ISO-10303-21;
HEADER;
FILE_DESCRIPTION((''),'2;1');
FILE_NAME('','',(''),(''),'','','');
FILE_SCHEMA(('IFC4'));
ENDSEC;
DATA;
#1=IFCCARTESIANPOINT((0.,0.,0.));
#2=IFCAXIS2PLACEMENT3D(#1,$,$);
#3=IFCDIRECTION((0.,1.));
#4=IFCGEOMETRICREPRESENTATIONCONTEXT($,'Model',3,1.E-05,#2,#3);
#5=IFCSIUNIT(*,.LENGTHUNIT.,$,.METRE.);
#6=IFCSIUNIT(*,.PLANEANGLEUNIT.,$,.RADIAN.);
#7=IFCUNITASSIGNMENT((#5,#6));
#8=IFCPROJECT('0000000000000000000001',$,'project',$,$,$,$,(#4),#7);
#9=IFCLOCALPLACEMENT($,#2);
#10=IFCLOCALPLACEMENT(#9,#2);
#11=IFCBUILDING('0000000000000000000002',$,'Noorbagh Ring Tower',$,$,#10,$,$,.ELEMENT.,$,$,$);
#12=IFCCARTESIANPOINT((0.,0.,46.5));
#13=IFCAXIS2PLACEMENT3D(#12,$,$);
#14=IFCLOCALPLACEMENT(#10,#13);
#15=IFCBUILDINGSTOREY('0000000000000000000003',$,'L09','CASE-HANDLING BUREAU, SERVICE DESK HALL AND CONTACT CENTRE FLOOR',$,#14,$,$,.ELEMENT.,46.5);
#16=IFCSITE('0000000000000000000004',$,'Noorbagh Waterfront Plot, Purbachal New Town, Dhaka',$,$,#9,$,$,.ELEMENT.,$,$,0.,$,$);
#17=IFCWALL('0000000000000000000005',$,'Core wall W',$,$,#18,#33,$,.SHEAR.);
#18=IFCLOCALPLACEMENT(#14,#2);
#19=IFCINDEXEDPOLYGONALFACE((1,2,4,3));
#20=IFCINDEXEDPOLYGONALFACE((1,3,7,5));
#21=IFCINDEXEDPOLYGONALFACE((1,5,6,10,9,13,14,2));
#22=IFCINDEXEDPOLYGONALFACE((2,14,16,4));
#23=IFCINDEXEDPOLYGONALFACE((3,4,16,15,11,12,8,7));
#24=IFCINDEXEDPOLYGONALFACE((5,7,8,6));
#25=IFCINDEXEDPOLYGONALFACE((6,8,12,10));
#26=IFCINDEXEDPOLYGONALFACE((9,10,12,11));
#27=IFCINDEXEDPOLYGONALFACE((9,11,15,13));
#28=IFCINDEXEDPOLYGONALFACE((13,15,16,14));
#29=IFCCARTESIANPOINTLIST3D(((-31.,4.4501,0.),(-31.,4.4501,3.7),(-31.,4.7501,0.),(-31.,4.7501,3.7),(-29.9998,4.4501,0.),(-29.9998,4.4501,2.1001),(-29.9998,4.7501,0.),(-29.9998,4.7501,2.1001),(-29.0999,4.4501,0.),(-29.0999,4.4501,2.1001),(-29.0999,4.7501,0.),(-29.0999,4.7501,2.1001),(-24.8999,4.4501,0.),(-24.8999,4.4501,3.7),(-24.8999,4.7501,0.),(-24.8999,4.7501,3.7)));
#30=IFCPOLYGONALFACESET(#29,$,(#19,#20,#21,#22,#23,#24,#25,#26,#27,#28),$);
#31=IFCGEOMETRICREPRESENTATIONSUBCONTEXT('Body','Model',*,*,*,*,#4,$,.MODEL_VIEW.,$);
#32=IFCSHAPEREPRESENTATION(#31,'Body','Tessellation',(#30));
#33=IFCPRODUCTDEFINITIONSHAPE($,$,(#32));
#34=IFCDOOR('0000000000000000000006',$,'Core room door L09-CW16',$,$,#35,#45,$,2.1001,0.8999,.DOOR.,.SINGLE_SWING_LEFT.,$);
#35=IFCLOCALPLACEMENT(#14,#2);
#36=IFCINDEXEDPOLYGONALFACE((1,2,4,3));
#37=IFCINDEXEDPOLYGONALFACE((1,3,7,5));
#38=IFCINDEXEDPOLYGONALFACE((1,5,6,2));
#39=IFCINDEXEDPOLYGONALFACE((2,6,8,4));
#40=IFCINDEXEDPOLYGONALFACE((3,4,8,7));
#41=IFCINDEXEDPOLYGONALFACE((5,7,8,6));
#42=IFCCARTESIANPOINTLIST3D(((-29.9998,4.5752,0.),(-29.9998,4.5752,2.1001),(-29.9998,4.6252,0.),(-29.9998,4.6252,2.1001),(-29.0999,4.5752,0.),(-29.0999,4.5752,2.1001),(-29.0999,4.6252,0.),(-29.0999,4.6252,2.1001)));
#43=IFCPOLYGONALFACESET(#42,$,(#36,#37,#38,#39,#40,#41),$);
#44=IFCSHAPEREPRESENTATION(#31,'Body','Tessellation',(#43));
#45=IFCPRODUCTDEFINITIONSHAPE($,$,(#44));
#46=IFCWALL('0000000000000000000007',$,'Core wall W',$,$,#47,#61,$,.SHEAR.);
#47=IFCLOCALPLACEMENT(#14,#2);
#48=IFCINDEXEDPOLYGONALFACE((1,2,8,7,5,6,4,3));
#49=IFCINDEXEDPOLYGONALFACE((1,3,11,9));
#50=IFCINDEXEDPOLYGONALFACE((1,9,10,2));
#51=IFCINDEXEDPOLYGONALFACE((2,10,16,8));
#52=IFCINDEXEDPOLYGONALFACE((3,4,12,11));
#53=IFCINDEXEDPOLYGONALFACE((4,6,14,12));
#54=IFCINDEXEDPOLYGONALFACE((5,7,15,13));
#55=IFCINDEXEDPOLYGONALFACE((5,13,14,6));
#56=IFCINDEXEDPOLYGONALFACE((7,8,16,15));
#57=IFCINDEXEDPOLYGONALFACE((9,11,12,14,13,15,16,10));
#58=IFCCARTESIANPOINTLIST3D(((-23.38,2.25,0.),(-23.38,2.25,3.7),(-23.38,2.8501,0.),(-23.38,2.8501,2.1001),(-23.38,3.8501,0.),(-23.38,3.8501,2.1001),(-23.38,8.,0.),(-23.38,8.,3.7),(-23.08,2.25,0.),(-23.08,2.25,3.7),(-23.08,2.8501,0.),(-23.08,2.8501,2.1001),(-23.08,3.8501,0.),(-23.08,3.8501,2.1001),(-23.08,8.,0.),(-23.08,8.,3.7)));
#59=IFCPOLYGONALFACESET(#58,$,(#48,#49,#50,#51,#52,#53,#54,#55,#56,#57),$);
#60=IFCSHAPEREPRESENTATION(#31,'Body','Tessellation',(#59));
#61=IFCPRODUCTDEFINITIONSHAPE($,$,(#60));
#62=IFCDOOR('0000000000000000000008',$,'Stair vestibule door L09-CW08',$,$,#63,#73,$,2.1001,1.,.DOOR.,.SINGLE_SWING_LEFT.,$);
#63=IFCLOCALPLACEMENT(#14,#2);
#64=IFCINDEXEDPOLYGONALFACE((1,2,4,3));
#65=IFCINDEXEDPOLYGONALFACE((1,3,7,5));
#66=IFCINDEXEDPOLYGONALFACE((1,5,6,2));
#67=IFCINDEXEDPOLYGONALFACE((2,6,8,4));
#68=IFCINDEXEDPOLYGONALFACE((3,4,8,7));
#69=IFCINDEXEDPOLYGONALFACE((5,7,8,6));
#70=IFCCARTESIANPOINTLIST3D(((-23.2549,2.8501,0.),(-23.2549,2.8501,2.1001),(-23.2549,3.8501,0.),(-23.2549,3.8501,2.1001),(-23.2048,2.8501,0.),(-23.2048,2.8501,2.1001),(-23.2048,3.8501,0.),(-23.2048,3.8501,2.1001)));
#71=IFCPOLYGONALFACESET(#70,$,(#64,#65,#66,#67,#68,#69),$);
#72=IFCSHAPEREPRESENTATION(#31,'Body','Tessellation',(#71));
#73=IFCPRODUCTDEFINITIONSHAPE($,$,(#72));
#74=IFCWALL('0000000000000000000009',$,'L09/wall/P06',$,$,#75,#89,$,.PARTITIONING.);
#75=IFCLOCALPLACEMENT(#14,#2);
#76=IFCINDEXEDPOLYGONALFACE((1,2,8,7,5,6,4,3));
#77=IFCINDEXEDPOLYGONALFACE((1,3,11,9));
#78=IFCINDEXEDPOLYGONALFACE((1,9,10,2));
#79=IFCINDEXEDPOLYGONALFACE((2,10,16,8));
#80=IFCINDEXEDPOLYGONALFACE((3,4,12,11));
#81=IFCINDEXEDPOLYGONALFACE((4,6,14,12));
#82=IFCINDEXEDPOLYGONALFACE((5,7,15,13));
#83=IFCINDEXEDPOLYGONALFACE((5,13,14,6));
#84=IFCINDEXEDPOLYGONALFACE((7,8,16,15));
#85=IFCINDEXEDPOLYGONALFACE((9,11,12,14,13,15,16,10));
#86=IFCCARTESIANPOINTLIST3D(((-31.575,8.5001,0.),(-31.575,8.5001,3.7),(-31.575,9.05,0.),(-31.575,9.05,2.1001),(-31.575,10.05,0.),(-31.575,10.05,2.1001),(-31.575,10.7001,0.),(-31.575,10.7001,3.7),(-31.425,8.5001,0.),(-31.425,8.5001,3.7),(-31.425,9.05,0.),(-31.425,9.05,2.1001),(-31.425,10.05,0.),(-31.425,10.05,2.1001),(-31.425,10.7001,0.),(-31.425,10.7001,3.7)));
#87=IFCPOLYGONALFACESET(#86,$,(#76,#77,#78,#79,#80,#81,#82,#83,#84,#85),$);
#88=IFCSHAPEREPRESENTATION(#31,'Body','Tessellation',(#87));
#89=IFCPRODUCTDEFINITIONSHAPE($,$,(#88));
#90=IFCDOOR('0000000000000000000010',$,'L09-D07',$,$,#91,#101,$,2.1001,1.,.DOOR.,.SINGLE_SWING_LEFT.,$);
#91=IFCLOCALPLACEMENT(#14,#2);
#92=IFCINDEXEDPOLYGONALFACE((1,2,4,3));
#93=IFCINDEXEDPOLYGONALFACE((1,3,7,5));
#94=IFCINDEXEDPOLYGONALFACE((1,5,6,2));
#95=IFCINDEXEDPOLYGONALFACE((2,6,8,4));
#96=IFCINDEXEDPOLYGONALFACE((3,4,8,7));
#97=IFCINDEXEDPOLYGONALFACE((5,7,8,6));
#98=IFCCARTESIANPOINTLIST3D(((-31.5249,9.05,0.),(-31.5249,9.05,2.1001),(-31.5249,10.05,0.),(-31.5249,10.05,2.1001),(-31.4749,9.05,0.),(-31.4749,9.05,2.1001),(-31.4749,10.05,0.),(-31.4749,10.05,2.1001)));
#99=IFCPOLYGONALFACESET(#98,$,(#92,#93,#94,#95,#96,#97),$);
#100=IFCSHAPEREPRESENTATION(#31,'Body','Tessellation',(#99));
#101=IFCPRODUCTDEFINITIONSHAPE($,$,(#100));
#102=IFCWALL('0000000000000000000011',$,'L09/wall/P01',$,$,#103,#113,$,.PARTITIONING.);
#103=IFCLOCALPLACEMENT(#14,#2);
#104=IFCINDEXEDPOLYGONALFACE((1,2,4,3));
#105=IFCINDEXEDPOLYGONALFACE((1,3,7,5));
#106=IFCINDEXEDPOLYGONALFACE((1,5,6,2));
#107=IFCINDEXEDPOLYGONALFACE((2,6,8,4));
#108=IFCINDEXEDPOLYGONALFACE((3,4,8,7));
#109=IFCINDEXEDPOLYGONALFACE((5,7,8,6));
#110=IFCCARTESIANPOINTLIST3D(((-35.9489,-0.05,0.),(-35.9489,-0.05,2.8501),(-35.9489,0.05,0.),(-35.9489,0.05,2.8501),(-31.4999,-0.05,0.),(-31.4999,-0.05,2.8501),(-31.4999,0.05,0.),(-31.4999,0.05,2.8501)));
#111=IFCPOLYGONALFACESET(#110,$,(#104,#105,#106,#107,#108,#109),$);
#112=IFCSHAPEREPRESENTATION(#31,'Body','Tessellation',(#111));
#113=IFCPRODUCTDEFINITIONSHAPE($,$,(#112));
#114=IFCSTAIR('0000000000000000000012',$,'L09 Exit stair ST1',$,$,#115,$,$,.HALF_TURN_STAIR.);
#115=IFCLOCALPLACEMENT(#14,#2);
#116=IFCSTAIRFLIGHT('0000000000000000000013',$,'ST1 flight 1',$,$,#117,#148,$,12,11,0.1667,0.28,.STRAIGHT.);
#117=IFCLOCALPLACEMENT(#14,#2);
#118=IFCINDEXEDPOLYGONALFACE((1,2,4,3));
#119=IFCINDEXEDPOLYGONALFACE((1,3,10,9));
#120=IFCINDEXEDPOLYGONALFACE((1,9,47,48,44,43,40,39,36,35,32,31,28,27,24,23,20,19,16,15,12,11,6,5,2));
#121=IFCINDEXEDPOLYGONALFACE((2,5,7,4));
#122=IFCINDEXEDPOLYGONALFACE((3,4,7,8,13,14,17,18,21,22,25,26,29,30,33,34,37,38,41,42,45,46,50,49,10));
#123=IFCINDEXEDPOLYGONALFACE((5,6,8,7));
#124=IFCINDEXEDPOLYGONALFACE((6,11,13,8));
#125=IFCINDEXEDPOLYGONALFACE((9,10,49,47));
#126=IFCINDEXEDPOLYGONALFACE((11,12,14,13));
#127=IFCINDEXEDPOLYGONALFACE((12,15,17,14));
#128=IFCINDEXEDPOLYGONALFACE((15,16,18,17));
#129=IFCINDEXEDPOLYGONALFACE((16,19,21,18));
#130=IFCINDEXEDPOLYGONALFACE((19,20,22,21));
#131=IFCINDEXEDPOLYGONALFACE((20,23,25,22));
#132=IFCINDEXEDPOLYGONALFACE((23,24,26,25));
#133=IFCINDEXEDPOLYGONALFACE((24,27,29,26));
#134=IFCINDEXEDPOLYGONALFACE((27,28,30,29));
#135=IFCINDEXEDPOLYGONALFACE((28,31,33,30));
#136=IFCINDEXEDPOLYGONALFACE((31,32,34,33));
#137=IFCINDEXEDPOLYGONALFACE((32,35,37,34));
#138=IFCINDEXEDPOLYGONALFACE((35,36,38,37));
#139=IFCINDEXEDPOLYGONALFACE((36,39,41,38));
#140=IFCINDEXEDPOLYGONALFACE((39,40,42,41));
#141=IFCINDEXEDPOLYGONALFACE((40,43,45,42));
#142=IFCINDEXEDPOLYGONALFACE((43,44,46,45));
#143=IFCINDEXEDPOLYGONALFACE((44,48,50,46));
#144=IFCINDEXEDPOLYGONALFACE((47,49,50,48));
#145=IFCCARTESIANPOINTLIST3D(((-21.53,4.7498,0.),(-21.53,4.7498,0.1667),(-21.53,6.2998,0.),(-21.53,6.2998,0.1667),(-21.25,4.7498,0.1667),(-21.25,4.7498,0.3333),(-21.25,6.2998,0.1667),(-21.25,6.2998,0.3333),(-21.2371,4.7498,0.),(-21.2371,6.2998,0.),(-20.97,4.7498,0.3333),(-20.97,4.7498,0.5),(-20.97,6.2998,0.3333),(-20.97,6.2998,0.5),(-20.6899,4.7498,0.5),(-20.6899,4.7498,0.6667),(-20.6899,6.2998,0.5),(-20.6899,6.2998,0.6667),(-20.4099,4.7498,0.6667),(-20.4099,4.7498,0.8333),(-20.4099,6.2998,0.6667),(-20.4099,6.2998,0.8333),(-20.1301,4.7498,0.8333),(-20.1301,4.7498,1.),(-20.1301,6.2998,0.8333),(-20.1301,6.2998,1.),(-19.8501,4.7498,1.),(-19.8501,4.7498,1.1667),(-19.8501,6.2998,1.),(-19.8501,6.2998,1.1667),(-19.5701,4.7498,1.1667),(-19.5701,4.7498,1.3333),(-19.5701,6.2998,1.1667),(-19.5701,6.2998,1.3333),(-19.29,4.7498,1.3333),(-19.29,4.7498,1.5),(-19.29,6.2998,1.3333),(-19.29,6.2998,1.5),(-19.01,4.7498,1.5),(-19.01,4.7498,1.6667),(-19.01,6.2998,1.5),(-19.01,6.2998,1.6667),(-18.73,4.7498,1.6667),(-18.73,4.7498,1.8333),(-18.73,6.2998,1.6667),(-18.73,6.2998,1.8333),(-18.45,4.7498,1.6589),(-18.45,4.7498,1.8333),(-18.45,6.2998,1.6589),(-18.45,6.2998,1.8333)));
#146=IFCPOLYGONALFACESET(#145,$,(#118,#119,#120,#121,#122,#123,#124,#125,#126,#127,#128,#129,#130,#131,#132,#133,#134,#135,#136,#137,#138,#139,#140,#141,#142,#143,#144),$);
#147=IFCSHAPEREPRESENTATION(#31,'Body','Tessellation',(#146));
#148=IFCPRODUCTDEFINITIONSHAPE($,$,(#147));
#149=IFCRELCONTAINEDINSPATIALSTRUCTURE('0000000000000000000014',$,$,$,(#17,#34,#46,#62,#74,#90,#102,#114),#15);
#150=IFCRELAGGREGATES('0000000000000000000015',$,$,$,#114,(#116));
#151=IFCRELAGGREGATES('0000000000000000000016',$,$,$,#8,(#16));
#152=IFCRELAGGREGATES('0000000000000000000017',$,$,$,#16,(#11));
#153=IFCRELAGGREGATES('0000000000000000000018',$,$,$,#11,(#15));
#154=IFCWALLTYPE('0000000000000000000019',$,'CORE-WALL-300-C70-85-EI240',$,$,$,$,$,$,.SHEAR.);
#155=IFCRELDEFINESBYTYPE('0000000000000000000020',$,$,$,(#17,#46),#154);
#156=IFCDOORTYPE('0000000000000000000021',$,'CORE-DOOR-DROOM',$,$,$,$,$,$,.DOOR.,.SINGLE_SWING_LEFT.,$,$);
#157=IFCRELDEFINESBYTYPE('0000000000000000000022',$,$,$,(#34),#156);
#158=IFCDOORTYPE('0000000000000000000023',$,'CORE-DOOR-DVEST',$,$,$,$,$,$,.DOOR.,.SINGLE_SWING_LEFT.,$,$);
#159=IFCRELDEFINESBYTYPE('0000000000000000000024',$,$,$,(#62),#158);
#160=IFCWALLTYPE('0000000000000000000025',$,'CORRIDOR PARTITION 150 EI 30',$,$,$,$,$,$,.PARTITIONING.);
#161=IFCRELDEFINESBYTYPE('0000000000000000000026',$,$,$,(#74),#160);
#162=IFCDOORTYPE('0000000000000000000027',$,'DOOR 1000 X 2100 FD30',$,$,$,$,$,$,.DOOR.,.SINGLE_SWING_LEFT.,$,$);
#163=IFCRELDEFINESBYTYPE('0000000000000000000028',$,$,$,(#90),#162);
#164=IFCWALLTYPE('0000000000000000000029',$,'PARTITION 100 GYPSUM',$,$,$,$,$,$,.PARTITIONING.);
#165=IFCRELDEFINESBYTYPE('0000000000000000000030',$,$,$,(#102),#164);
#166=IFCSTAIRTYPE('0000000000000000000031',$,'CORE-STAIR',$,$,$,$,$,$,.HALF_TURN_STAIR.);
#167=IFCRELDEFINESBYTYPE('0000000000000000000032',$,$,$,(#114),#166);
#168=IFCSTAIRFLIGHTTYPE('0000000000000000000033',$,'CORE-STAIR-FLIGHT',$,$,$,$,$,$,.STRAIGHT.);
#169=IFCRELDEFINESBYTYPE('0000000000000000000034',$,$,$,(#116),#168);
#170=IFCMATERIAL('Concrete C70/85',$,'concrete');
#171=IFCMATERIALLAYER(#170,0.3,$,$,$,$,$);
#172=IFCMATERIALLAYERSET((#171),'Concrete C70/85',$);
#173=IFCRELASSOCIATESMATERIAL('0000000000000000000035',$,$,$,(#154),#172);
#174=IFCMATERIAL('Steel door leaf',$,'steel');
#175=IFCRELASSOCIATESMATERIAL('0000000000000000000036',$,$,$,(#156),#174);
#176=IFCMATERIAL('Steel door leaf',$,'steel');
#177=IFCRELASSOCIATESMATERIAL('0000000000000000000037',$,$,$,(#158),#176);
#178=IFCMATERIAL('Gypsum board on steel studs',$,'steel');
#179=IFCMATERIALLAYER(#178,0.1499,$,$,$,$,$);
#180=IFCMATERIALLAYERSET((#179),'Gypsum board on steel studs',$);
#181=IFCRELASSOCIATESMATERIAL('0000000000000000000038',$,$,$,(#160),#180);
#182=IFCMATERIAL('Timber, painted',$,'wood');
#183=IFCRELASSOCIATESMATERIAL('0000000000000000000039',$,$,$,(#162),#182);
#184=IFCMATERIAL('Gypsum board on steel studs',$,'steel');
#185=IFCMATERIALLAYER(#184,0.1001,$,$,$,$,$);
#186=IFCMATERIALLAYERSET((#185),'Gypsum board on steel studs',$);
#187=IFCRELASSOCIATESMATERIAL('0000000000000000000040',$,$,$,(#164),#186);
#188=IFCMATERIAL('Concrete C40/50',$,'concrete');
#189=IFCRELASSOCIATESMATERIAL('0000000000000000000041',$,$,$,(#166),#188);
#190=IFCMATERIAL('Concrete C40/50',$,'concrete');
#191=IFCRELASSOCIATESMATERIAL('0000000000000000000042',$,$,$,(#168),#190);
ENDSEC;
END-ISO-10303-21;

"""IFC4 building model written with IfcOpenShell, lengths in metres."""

from ifc_helpers import new_model, si_unit, direction, frame, frame_2d, origin, place, context, subcontext, project, spatial, polyline, rectangle, outline, extrude, material, layer, layer_set, type_object, element, fill, aggregate, save


model = new_model("IFC4")

# Units and contexts
model_context = context("Model", 3, precision=1e-05, world=origin(), true_north=direction((0.0, 1.0)))
body_context = subcontext(model_context, "Body", "Model", "MODEL_VIEW")
ifc_project = project(units=[si_unit("LENGTHUNIT", "METRE"), si_unit("PLANEANGLEUNIT", "RADIAN")], contexts=[model_context])

# Site, building, storey
site_placement = place(None, origin())
site = spatial("IfcSite", under=ifc_project, at=site_placement, Name="Noorbagh Waterfront Plot, Purbachal New Town, Dhaka", CompositionType="ELEMENT", RefElevation=0.0)
building_placement = place(site_placement, origin())
building = spatial("IfcBuilding", under=site, at=building_placement, Name="Noorbagh Ring Tower", CompositionType="ELEMENT")
storey_placement = place(building_placement, frame((0.0, 0.0, 46.5)))
storey = spatial("IfcBuildingStorey", under=building, at=storey_placement, Name="L09", Description="CASE-HANDLING BUREAU, SERVICE DESK HALL AND CONTACT CENTRE FLOOR", CompositionType="ELEMENT", Elevation=46.5)

# Walls, openings, doors
ifc_material_1 = material(Name="Concrete C70/85", Category="concrete")
ifc_layer_1 = layer(ifc_material_1, 0.3)
ifc_layer_set_1 = layer_set([ifc_layer_1], Name="Concrete C70/85")
wall_type_1 = type_object("IfcWallType", Name="CORE-WALL-300-C70-85-EI240", PredefinedType="SHEAR", material=ifc_layer_set_1)
wall_1_placement = place(storey_placement, frame((-24.8999, 4.6001, 0.0), z_axis=(0.0, 0.0, 1.0), x_axis=(-1.0, 0.0, 0.0)))
wall_1 = element("IfcWall", 1, at=wall_1_placement, inside=storey, type_object=wall_type_1, Name="Core wall W", PredefinedType="SHEAR", context=body_context, shape_type="SweptSolid", body=[
    extrude(rectangle(XDim=6.1001, YDim=0.3, at=frame_2d((3.05, 0.0))), origin(), (0.0, 0.0, 1.0), 3.7),
])
opening_1_placement = place(wall_1_placement, frame((4.2, 0.0, 0.0)))
opening_1 = element("IfcOpeningElement", 2, at=opening_1_placement, cuts=wall_1, PredefinedType="OPENING", context=body_context, shape_type="SweptSolid", body=[
    extrude(rectangle(XDim=0.8999, YDim=2.1001, at=frame_2d((0.45, 1.05))), frame((0.0, 0.1602, 0.0), z_axis=(0.0, -1.0, 0.0), x_axis=(1.0, 0.0, 0.0)), (0.0, 0.0, 1.0), 0.3201),
])
ifc_material_2 = material(Name="Steel door leaf", Category="steel")
door_type_1 = type_object("IfcDoorType", Name="CORE-DOOR-DROOM", OperationType="SINGLE_SWING_LEFT", PredefinedType="DOOR", material=ifc_material_2)
door_1_placement = place(opening_1_placement, origin())
door_1 = element("IfcDoor", 3, at=door_1_placement, inside=storey, type_object=door_type_1, Name="Core room door L09-CW16", OperationType="SINGLE_SWING_LEFT", OverallHeight=2.1001, OverallWidth=0.8999, PredefinedType="DOOR", context=body_context, shape_type="SweptSolid", body=[
    extrude(rectangle(XDim=0.8999, YDim=2.1001, at=frame_2d((0.45, 1.05))), frame((0.0, 0.0249, 0.0), z_axis=(0.0, -1.0, 0.0), x_axis=(1.0, 0.0, 0.0)), (0.0, 0.0, 1.0), 0.05),
])
fill(opening_1, door_1)
wall_2_placement = place(storey_placement, frame((-23.23, 2.25, 0.0), z_axis=(0.0, 0.0, 1.0), x_axis=(0.0, 1.0, 0.0)))
wall_2 = element("IfcWall", 4, at=wall_2_placement, inside=storey, type_object=wall_type_1, Name="Core wall W", PredefinedType="SHEAR", context=body_context, shape_type="SweptSolid", body=[
    extrude(rectangle(XDim=5.75, YDim=0.3, at=frame_2d((2.875, 0.0))), origin(), (0.0, 0.0, 1.0), 3.7),
])
opening_2_placement = place(wall_2_placement, frame((0.6001, 0.0, 0.0)))
opening_2 = element("IfcOpeningElement", 5, at=opening_2_placement, cuts=wall_2, PredefinedType="OPENING", context=body_context, shape_type="SweptSolid", body=[
    extrude(rectangle(XDim=1.0, YDim=2.1001, at=frame_2d((0.5, 1.05))), frame((0.0, 0.1602, 0.0), z_axis=(0.0, -1.0, 0.0), x_axis=(1.0, 0.0, 0.0)), (0.0, 0.0, 1.0), 0.3201),
])
ifc_material_3 = material(Name="Steel door leaf", Category="steel")
door_type_2 = type_object("IfcDoorType", Name="CORE-DOOR-DVEST", OperationType="SINGLE_SWING_LEFT", PredefinedType="DOOR", material=ifc_material_3)
door_2_placement = place(opening_2_placement, origin())
door_2 = element("IfcDoor", 6, at=door_2_placement, inside=storey, type_object=door_type_2, Name="Stair vestibule door L09-CW08", OperationType="SINGLE_SWING_LEFT", OverallHeight=2.1001, OverallWidth=1.0, PredefinedType="DOOR", context=body_context, shape_type="SweptSolid", body=[
    extrude(rectangle(XDim=1.0, YDim=2.1001, at=frame_2d((0.5, 1.05))), frame((0.0, 0.0249, 0.0), z_axis=(0.0, -1.0, 0.0), x_axis=(1.0, 0.0, 0.0)), (0.0, 0.0, 1.0), 0.05),
])
fill(opening_2, door_2)
ifc_material_4 = material(Name="Gypsum board on steel studs", Category="steel")
ifc_layer_2 = layer(ifc_material_4, 0.1499)
ifc_layer_set_2 = layer_set([ifc_layer_2], Name="Gypsum board on steel studs")
wall_type_2 = type_object("IfcWallType", Name="CORRIDOR PARTITION 150 EI 30", PredefinedType="PARTITIONING", material=ifc_layer_set_2)
wall_3_placement = place(storey_placement, frame((-31.5, 8.5, 0.0), z_axis=(0.0, 0.0, 1.0), x_axis=(0.0, 1.0, 0.0)))
wall_3 = element("IfcWall", 7, at=wall_3_placement, inside=storey, type_object=wall_type_2, Name="L09/wall/P06", PredefinedType="PARTITIONING", context=body_context, shape_type="SweptSolid", body=[
    extrude(rectangle(XDim=2.2, YDim=0.1499, at=frame_2d((1.1001, 0.0))), origin(), (0.0, 0.0, 1.0), 3.7),
])
opening_3_placement = place(wall_3_placement, frame((0.55, 0.0, 0.0)))
opening_3 = element("IfcOpeningElement", 8, at=opening_3_placement, cuts=wall_3, PredefinedType="OPENING", context=body_context, shape_type="SweptSolid", body=[
    extrude(rectangle(XDim=1.0, YDim=2.1001, at=frame_2d((0.5, 1.05))), frame((0.0, 0.085, 0.0), z_axis=(0.0, -1.0, 0.0), x_axis=(1.0, 0.0, 0.0)), (0.0, 0.0, 1.0), 0.1699),
])
ifc_material_5 = material(Name="Timber, painted", Category="wood")
door_type_3 = type_object("IfcDoorType", Name="DOOR 1000 X 2100 FD30", OperationType="SINGLE_SWING_LEFT", PredefinedType="DOOR", material=ifc_material_5)
door_3_placement = place(opening_3_placement, origin())
door_3 = element("IfcDoor", 9, at=door_3_placement, inside=storey, type_object=door_type_3, Name="L09-D07", OperationType="SINGLE_SWING_LEFT", OverallHeight=2.1001, OverallWidth=1.0, PredefinedType="DOOR", context=body_context, shape_type="SweptSolid", body=[
    extrude(rectangle(XDim=1.0, YDim=2.1001, at=frame_2d((0.5, 1.05))), frame((0.0, 0.0249, 0.0), z_axis=(0.0, -1.0, 0.0), x_axis=(1.0, 0.0, 0.0)), (0.0, 0.0, 1.0), 0.05),
])
fill(opening_3, door_3)

# Wall
ifc_material_6 = material(Name="Gypsum board on steel studs", Category="steel")
ifc_layer_3 = layer(ifc_material_6, 0.1001)
ifc_layer_set_3 = layer_set([ifc_layer_3], Name="Gypsum board on steel studs")
wall_type_3 = type_object("IfcWallType", Name="PARTITION 100 GYPSUM", PredefinedType="PARTITIONING", material=ifc_layer_set_3)
wall_4_placement = place(storey_placement, frame((-35.949, 0.0, 0.0), z_axis=(0.0, 0.0, 1.0), x_axis=(1.0, 0.0, 0.0)))
element("IfcWall", 10, at=wall_4_placement, inside=storey, type_object=wall_type_3, Name="L09/wall/P01", PredefinedType="PARTITIONING", context=body_context, shape_type="SweptSolid", body=[
    extrude(rectangle(XDim=4.449, YDim=0.1001, at=frame_2d((2.2246, 0.0))), origin(), (0.0, 0.0, 1.0), 2.8501),
])

# Stair, stair flight
ifc_material_7 = material(Name="Concrete C40/50", Category="concrete")
stair_type = type_object("IfcStairType", Name="CORE-STAIR", PredefinedType="HALF_TURN_STAIR", material=ifc_material_7)
stair_placement = place(storey_placement, origin())
stair = element("IfcStair", 11, at=stair_placement, inside=storey, type_object=stair_type, Name="L09 Exit stair ST1", PredefinedType="HALF_TURN_STAIR")
ifc_material_8 = material(Name="Concrete C40/50", Category="concrete")
stair_flight_type = type_object("IfcStairFlightType", Name="CORE-STAIR-FLIGHT", PredefinedType="STRAIGHT", material=ifc_material_8)
stair_flight_placement = place(storey_placement, frame((-21.53, 5.5249, 0.0), z_axis=(0.0, 0.0, 1.0), x_axis=(1.0, 0.0, 0.0)))
stair_flight = element("IfcStairFlight", 12, at=stair_flight_placement, type_object=stair_flight_type, Name="ST1 flight 1", NumberOfRisers=12, NumberOfTreads=11, PredefinedType="STRAIGHT", RiserHeight=0.1667, TreadLength=0.28, context=body_context, shape_type="SweptSolid", body=[
    extrude(outline(polyline([(0.0, 0.0), (0.0, 0.1667), (0.28, 0.1667), (0.28, 0.3333), (0.5601, 0.3333), (0.5601, 0.5), (0.8401, 0.5), (0.8401, 0.6667), (1.1201, 0.6667), (1.1201, 0.8333), (1.3999, 0.8333), (1.3999, 1.0), (1.6799, 1.0), (1.6799, 1.1667), (1.96, 1.1667), (1.96, 1.3333), (2.24, 1.3333), (2.24, 1.5), (2.52, 1.5), (2.52, 1.6667), (2.8, 1.6667), (2.8, 1.8333), (3.0801, 1.8333), (3.0801, 2.0), (3.0801, 1.6589), (0.293, 0.0), (0.0, 0.0)])), frame((0.0, 0.7749, 0.0), z_axis=(0.0, -1.0, 0.0), x_axis=(1.0, 0.0, 0.0)), (0.0, 0.0, 1.0), 1.55),
])
aggregate(stair, [stair_flight])

save(model, "model.ifc")
